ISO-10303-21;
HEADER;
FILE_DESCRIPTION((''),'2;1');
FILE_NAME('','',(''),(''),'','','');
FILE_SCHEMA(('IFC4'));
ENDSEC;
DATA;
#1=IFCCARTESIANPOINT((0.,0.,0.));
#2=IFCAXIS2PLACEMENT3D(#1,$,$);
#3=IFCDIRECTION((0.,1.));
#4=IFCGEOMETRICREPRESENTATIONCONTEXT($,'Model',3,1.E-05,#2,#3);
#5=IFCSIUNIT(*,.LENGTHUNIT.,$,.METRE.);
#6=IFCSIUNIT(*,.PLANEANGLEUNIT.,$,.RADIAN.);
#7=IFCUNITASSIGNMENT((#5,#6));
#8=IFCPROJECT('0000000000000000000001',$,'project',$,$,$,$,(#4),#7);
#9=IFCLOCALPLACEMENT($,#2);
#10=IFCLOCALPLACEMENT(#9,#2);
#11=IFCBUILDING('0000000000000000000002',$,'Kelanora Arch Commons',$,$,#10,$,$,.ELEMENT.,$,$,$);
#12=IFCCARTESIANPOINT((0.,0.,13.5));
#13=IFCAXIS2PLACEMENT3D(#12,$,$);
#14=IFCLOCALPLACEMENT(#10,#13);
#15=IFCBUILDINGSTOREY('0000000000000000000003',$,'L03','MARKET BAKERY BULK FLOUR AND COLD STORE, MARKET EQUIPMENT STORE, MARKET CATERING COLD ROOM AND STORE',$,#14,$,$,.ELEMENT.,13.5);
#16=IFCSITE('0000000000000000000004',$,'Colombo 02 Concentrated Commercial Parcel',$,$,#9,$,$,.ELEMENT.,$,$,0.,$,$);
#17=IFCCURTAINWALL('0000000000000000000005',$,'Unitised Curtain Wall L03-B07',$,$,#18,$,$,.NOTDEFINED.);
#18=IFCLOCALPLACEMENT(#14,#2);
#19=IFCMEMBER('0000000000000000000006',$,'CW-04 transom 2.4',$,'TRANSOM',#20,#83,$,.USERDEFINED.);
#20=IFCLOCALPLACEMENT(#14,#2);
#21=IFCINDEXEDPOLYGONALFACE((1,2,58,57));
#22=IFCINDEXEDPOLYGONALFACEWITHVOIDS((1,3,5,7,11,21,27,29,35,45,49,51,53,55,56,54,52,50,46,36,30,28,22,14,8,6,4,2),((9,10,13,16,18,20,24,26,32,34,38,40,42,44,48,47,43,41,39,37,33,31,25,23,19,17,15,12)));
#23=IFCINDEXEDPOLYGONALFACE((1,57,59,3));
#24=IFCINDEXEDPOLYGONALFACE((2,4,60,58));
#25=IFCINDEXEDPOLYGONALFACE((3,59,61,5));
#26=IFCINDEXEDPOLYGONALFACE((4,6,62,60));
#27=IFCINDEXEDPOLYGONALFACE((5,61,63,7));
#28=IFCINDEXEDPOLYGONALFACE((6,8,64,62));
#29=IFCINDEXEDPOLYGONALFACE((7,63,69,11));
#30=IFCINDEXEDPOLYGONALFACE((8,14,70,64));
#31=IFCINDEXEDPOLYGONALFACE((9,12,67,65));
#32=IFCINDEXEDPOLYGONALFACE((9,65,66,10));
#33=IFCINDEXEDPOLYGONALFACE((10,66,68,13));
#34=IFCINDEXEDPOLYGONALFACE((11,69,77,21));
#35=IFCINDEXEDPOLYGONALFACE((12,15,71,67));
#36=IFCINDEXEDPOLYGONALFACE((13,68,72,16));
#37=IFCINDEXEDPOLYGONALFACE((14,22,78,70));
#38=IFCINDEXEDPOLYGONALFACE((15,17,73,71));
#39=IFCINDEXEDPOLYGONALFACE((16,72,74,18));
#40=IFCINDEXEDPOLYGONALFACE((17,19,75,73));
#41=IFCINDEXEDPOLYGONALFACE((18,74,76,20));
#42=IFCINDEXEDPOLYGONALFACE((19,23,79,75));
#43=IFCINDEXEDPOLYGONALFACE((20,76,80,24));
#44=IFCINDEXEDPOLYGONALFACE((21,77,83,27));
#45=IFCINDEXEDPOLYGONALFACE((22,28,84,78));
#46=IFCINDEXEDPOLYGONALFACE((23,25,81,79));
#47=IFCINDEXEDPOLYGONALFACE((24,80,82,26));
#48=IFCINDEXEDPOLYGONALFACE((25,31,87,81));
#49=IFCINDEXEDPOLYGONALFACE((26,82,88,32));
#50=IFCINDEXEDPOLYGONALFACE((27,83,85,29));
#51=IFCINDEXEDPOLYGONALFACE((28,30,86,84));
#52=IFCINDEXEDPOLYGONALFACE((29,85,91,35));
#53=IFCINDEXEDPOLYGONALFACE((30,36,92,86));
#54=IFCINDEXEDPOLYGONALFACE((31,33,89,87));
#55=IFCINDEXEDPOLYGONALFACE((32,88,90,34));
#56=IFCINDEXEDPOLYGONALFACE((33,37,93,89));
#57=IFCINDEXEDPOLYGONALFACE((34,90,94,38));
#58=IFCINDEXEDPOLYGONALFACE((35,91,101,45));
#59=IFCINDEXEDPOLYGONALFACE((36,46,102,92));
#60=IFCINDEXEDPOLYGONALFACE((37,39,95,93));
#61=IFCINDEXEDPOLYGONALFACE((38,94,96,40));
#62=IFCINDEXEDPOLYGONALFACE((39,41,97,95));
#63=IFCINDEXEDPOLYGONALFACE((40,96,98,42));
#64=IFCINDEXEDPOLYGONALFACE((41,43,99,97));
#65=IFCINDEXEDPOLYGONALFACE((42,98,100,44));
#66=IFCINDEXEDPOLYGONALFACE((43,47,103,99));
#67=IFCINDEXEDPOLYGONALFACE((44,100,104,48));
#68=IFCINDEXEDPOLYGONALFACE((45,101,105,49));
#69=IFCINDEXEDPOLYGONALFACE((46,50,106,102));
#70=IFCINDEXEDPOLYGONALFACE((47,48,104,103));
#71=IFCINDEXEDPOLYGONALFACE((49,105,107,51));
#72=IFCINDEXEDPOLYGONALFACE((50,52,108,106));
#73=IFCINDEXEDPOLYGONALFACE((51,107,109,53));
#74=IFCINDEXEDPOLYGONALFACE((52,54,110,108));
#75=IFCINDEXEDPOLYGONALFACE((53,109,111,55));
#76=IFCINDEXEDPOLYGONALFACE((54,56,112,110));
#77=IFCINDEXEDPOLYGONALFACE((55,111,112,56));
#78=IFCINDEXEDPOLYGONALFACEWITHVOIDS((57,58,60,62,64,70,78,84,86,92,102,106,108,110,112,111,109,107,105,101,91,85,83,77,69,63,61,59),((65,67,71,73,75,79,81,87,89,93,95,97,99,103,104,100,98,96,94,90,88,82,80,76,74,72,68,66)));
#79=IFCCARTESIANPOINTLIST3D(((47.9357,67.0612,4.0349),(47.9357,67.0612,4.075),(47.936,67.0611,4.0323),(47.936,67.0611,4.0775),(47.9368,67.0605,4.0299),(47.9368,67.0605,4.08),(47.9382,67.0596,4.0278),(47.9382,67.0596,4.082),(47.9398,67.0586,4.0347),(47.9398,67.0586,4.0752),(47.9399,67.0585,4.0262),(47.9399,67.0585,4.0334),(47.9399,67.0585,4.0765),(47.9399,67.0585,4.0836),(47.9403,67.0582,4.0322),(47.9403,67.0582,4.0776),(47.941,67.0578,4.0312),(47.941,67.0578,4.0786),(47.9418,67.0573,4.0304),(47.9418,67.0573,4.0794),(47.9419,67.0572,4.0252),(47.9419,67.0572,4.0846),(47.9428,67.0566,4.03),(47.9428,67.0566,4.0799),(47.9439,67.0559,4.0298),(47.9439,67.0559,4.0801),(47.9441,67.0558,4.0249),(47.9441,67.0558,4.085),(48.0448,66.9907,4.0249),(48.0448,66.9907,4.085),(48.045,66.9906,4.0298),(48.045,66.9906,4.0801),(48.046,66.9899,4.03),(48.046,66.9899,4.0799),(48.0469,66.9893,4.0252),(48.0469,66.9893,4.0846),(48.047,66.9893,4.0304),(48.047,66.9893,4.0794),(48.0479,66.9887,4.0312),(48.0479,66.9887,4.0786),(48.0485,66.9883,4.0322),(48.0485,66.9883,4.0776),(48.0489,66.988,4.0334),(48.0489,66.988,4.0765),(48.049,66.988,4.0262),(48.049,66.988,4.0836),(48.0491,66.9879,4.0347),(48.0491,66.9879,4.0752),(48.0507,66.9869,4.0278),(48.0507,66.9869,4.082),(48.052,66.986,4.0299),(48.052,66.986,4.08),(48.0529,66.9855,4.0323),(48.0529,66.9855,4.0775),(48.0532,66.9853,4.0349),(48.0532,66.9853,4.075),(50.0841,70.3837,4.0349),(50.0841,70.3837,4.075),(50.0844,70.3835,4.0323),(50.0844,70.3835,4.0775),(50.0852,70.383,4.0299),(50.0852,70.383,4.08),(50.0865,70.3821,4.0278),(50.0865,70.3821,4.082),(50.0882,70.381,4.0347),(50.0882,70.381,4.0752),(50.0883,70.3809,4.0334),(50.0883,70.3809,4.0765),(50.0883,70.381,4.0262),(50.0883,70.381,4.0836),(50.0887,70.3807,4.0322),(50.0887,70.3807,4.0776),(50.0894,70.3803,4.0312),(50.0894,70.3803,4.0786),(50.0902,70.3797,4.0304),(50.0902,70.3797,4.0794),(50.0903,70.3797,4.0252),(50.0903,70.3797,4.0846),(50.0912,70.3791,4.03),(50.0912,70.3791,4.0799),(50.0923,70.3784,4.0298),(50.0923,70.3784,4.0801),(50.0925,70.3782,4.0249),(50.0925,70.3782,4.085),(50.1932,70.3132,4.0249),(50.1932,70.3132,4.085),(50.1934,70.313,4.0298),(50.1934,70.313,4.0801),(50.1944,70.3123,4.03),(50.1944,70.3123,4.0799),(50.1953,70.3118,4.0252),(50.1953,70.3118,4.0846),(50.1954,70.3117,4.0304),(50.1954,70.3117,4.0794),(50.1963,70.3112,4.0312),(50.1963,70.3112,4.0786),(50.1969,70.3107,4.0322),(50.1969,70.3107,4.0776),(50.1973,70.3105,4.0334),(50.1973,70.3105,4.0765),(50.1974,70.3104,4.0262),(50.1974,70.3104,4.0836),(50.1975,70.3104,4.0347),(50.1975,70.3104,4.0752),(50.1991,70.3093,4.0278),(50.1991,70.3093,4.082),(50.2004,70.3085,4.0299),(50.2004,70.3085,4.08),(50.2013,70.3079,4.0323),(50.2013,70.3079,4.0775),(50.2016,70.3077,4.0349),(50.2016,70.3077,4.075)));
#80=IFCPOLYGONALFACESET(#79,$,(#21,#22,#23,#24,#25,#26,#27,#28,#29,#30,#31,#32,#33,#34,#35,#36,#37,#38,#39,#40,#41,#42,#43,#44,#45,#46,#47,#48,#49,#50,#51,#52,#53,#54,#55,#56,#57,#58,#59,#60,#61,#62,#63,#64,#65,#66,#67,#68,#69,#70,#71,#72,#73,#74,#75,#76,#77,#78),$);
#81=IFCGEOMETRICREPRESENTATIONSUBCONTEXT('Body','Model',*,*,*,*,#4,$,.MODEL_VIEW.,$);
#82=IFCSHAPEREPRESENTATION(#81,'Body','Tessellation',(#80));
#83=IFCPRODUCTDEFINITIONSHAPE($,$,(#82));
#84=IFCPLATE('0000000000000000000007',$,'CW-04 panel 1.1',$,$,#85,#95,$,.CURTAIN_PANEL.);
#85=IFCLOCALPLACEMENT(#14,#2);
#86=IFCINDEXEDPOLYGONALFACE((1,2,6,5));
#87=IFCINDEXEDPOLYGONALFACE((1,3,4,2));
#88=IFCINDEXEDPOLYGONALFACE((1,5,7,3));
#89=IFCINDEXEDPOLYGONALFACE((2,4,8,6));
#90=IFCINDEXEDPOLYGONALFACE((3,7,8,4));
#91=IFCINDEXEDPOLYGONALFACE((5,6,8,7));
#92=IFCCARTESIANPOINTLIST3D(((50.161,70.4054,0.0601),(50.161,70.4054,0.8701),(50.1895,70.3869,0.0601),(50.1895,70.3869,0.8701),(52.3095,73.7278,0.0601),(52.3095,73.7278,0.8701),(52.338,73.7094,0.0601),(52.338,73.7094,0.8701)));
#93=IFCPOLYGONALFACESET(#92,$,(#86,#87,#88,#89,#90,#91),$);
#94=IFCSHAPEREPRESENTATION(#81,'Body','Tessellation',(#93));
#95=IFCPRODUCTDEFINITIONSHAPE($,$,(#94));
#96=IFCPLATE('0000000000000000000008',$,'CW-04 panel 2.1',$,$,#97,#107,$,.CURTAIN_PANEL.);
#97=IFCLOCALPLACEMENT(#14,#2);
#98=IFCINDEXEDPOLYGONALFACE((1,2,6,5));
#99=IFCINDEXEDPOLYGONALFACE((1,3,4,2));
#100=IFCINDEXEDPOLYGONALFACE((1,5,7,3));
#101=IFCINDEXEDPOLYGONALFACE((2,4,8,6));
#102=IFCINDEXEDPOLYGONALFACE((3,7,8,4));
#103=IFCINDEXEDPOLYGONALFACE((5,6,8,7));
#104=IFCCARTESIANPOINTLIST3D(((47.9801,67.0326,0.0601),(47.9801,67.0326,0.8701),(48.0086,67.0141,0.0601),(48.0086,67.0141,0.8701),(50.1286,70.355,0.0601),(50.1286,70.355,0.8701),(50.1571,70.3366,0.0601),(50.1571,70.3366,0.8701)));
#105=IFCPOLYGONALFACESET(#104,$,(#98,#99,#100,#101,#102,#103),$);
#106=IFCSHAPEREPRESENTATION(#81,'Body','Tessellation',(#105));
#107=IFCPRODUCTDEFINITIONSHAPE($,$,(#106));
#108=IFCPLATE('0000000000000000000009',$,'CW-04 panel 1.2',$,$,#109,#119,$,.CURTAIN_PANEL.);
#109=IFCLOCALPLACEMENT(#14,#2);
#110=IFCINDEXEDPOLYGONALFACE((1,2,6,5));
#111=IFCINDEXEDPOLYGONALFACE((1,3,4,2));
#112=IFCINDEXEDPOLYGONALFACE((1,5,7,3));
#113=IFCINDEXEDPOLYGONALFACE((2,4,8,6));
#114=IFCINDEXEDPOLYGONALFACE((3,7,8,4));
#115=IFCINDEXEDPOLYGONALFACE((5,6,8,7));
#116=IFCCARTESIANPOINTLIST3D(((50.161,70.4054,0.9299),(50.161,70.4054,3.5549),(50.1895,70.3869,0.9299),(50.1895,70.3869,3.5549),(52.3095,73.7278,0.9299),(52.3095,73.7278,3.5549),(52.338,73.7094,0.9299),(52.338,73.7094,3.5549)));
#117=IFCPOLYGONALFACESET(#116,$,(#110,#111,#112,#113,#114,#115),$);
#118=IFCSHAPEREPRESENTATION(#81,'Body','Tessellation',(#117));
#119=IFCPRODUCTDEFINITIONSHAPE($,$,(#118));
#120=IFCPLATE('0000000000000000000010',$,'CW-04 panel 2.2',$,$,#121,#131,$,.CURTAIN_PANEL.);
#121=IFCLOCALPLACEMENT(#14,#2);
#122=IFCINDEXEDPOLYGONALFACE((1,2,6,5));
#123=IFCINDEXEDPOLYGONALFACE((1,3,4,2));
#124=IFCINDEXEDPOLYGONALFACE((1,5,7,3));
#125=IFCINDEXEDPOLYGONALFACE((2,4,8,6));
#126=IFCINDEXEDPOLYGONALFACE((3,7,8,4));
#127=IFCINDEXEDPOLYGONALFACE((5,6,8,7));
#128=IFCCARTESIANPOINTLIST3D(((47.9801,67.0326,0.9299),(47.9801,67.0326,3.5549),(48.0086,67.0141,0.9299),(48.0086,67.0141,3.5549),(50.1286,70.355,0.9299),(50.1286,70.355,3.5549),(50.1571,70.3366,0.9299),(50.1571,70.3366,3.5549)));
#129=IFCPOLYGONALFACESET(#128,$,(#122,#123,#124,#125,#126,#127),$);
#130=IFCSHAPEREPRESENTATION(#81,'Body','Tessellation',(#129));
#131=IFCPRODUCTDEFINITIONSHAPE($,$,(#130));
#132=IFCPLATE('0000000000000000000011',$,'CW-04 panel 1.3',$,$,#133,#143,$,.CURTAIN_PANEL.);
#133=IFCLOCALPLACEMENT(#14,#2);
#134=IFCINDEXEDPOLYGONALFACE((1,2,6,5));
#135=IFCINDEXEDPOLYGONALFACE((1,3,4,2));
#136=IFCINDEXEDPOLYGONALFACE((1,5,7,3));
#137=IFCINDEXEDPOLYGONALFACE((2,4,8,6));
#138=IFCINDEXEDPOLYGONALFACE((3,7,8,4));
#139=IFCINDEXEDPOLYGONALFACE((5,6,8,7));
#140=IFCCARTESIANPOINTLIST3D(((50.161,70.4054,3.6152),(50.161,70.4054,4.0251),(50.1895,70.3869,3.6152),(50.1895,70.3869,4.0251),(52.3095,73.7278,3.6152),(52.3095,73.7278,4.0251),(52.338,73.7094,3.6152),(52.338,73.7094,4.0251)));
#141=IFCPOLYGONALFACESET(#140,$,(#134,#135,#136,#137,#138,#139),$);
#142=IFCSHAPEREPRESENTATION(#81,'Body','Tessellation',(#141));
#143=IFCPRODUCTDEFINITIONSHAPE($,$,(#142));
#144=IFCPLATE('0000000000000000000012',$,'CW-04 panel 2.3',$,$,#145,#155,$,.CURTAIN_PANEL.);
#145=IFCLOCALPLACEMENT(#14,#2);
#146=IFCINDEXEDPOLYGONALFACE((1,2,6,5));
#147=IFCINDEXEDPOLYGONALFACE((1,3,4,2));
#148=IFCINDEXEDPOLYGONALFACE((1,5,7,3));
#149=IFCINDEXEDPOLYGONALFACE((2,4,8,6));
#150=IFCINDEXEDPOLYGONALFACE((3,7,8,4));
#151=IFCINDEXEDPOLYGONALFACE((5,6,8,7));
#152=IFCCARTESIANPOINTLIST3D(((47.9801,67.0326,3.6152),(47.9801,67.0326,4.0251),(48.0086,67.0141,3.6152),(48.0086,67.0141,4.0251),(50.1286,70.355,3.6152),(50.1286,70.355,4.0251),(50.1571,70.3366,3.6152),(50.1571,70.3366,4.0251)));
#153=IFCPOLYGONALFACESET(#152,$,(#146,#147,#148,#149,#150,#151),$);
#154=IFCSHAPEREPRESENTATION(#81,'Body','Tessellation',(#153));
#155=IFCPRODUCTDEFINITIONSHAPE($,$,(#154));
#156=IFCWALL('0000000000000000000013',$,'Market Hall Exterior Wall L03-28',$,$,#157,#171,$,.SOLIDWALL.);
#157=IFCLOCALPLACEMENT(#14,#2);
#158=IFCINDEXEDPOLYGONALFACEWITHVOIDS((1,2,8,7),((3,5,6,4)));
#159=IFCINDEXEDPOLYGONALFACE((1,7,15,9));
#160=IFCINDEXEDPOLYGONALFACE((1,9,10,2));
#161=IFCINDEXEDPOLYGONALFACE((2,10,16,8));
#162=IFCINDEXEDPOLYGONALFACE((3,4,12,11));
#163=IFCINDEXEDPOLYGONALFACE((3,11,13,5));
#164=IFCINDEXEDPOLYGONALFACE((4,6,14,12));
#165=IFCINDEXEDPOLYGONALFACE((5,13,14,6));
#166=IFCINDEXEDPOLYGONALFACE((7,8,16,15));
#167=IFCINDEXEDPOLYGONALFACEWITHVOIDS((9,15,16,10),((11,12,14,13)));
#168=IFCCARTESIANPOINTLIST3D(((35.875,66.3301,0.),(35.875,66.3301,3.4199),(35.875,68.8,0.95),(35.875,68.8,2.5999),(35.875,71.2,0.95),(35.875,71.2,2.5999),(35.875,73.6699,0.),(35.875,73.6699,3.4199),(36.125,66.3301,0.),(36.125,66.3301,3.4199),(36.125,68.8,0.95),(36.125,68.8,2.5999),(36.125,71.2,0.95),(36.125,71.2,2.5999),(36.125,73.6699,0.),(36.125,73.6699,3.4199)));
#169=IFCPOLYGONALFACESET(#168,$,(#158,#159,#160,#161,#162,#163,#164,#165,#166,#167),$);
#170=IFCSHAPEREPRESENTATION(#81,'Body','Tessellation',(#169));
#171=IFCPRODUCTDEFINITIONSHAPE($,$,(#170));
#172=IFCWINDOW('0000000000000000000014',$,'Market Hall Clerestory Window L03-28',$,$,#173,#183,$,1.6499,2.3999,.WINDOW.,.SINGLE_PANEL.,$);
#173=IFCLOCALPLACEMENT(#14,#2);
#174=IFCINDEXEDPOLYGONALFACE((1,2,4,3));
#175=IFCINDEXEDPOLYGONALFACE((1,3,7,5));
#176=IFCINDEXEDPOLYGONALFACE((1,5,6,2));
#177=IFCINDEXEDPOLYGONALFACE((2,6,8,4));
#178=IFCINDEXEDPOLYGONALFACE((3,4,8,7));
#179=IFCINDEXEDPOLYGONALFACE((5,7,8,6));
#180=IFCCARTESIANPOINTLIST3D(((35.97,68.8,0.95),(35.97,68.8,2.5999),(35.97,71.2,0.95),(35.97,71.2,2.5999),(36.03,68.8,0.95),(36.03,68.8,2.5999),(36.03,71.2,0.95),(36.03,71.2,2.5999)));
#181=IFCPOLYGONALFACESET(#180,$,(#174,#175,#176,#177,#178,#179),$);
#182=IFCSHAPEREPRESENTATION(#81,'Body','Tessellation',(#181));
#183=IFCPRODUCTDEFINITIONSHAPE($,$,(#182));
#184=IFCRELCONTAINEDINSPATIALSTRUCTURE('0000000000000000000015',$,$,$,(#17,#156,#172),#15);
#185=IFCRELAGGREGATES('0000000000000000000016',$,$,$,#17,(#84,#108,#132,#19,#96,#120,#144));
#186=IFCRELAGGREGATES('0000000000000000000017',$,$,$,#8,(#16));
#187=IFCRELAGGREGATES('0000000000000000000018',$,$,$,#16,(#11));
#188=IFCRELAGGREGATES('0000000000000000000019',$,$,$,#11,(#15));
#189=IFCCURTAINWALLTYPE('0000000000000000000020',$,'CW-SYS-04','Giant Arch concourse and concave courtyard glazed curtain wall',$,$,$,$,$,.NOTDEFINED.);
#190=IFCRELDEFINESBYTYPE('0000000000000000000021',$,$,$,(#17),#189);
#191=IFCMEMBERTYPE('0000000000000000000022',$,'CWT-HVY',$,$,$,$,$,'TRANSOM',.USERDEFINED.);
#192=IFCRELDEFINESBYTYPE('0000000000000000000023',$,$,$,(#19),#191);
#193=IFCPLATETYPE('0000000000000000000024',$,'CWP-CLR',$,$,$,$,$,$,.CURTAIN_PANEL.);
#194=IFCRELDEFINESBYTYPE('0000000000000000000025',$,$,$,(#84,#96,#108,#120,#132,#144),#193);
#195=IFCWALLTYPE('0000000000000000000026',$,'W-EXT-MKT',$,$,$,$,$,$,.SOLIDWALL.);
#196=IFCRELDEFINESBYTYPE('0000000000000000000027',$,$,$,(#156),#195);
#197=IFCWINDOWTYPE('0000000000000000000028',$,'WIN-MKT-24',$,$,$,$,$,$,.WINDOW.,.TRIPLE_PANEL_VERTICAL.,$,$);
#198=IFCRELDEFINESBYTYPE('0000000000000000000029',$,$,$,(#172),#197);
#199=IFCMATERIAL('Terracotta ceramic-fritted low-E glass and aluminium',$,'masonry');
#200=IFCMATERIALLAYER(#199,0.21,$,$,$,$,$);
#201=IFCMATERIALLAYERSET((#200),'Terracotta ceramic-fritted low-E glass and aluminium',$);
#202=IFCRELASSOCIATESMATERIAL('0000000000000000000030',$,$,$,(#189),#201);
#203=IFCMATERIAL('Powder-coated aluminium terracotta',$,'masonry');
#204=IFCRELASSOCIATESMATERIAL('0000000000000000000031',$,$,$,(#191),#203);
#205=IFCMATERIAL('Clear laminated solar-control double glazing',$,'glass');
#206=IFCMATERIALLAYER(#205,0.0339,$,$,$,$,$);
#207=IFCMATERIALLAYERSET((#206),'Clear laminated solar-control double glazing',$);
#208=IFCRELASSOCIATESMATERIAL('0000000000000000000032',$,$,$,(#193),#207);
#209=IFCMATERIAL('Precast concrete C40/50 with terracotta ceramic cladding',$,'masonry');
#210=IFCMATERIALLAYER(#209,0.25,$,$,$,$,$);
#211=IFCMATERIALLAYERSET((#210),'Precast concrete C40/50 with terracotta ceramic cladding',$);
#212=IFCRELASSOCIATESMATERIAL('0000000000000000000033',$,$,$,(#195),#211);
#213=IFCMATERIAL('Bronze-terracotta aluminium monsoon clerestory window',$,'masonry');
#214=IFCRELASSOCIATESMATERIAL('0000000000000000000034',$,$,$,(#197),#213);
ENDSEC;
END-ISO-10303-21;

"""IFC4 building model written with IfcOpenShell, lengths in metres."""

from ifc_helpers import new_model, si_unit, direction, frame, frame_2d, origin, origin_2d, place, context, subcontext, project, spatial, rectangle, hollow_rectangle, extrude, source, transform, mapped, material, layer, layer_set, material_profile, profile_set, type_object, element, fill, aggregate, save


model = new_model("IFC4")

# Units and contexts
model_context = context("Model", 3, precision=1e-05, world=origin(), true_north=direction((0.0, 1.0)))
body_context = subcontext(model_context, "Body", "Model", "MODEL_VIEW")
ifc_project = project(units=[si_unit("LENGTHUNIT", "METRE"), si_unit("PLANEANGLEUNIT", "RADIAN")], contexts=[model_context])

# Site, building, storey
site_placement = place(None, origin())
site = spatial("IfcSite", under=ifc_project, at=site_placement, Name="Colombo 02 Concentrated Commercial Parcel", CompositionType="ELEMENT", RefElevation=0.0)
building_placement = place(site_placement, origin())
building = spatial("IfcBuilding", under=site, at=building_placement, Name="Kelanora Arch Commons", CompositionType="ELEMENT")
storey_placement = place(building_placement, frame((0.0, 0.0, 13.5)))
storey = spatial("IfcBuildingStorey", under=building, at=storey_placement, Name="L03", Description="MARKET BAKERY BULK FLOUR AND COLD STORE, MARKET EQUIPMENT STORE, MARKET CATERING COLD ROOM AND STORE", CompositionType="ELEMENT", Elevation=13.5)

# Curtain wall, member, plates
ifc_material_1 = material(Name="Terracotta ceramic-fritted low-E glass and aluminium", Category="masonry")
ifc_layer_1 = layer(ifc_material_1, 0.21)
ifc_layer_set_1 = layer_set([ifc_layer_1], Name="Terracotta ceramic-fritted low-E glass and aluminium")
curtain_wall_type = type_object("IfcCurtainWallType", Name="CW-SYS-04", Description="Giant Arch concourse and concave courtyard glazed curtain wall", PredefinedType="NOTDEFINED", material=ifc_layer_set_1)
curtain_wall_placement = place(storey_placement, origin())
curtain_wall = element("IfcCurtainWall", 1, at=curtain_wall_placement, inside=storey, type_object=curtain_wall_type, Name="Unitised Curtain Wall L03-B07", PredefinedType="NOTDEFINED")
ifc_material_2 = material(Name="Powder-coated aluminium terracotta", Category="masonry")
ifc_material_profile_1 = material_profile(ifc_material_2, hollow_rectangle(XDim=0.1399, YDim=0.0601, WallThickness=0.0049, InnerFilletRadius=0.0049, OuterFilletRadius=0.01, at=origin_2d()), Name="CWT140x60")
ifc_profile_set_1 = profile_set([ifc_material_profile_1], Name="Powder-coated aluminium terracotta")
member_type_1 = type_object("IfcMemberType", Name="CWT-HVY", ElementType="TRANSOM", PredefinedType="USERDEFINED", material=ifc_profile_set_1)
member_1_placement = place(storey_placement, frame((50.1428, 70.3457, 4.0549), z_axis=(-0.542998, -0.839734, 0.0), x_axis=(0.839734, -0.542998, 0.0)))
member_1 = element("IfcMember", 2, at=member_1_placement, type_object=member_type_1, Name="CW-04 transom 2.4", ObjectType="TRANSOM", PredefinedType="USERDEFINED", context=body_context, shape_type="SweptSolid", body=[
    extrude(hollow_rectangle(XDim=0.1399, YDim=0.0601, WallThickness=0.0049, InnerFilletRadius=0.0049, OuterFilletRadius=0.01, at=origin_2d()), origin(), (0.0, 0.0, 1.0), 3.9565),
])
ifc_material_3 = material(Name="Clear laminated solar-control double glazing", Category="glass")
ifc_layer_2 = layer(ifc_material_3, 0.0339)
ifc_layer_set_2 = layer_set([ifc_layer_2], Name="Clear laminated solar-control double glazing")
plate_type = type_object("IfcPlateType", Name="CWP-CLR", PredefinedType="CURTAIN_PANEL", material=ifc_layer_set_2)
shared_shape_1 = source(origin(), body_context, "Body", "SweptSolid", [
    extrude(rectangle(XDim=3.9565, YDim=0.0339, at=origin_2d()), origin(), (0.0, 0.0, 1.0), 0.8101),
])
plate_1_placement = place(storey_placement, frame((51.2495, 72.0574, 0.0601), z_axis=(0.0, 0.0, 1.0), x_axis=(-0.543006, -0.839729, 0.0)))
plate_1 = element("IfcPlate", 3, at=plate_1_placement, type_object=plate_type, Name="CW-04 panel 1.1", PredefinedType="CURTAIN_PANEL", context=body_context, shape_type="MappedRepresentation", body=[
    mapped(shared_shape_1, transform((0.0, 0.0, 0.0), scale=1.0)),
])
plate_2_placement = place(storey_placement, frame((49.0686, 68.6846, 0.0601), z_axis=(0.0, 0.0, 1.0), x_axis=(-0.543006, -0.839729, 0.0)))
plate_2 = element("IfcPlate", 4, at=plate_2_placement, type_object=plate_type, Name="CW-04 panel 2.1", PredefinedType="CURTAIN_PANEL", context=body_context, shape_type="MappedRepresentation", body=[
    mapped(shared_shape_1, transform((0.0, 0.0, 0.0), scale=1.0)),
])
shared_shape_2 = source(origin(), body_context, "Body", "SweptSolid", [
    extrude(rectangle(XDim=3.9565, YDim=0.0339, at=origin_2d()), origin(), (0.0, 0.0, 1.0), 2.625),
])
plate_3_placement = place(storey_placement, frame((51.2495, 72.0574, 0.9299), z_axis=(0.0, 0.0, 1.0), x_axis=(-0.543006, -0.839729, 0.0)))
plate_3 = element("IfcPlate", 5, at=plate_3_placement, type_object=plate_type, Name="CW-04 panel 1.2", PredefinedType="CURTAIN_PANEL", context=body_context, shape_type="MappedRepresentation", body=[
    mapped(shared_shape_2, transform((0.0, 0.0, 0.0), scale=1.0)),
])
plate_4_placement = place(storey_placement, frame((49.0686, 68.6846, 0.9299), z_axis=(0.0, 0.0, 1.0), x_axis=(-0.543006, -0.839729, 0.0)))
plate_4 = element("IfcPlate", 6, at=plate_4_placement, type_object=plate_type, Name="CW-04 panel 2.2", PredefinedType="CURTAIN_PANEL", context=body_context, shape_type="MappedRepresentation", body=[
    mapped(shared_shape_2, transform((0.0, 0.0, 0.0), scale=1.0)),
])
shared_shape_3 = source(origin(), body_context, "Body", "SweptSolid", [
    extrude(rectangle(XDim=3.9565, YDim=0.0339, at=origin_2d()), origin(), (0.0, 0.0, 1.0), 0.4099),
])
plate_5_placement = place(storey_placement, frame((51.2495, 72.0574, 3.6152), z_axis=(0.0, 0.0, 1.0), x_axis=(-0.543006, -0.839729, 0.0)))
plate_5 = element("IfcPlate", 7, at=plate_5_placement, type_object=plate_type, Name="CW-04 panel 1.3", PredefinedType="CURTAIN_PANEL", context=body_context, shape_type="MappedRepresentation", body=[
    mapped(shared_shape_3, transform((0.0, 0.0, 0.0), scale=1.0)),
])
plate_6_placement = place(storey_placement, frame((49.0686, 68.6846, 3.6152), z_axis=(0.0, 0.0, 1.0), x_axis=(-0.543006, -0.839729, 0.0)))
plate_6 = element("IfcPlate", 8, at=plate_6_placement, type_object=plate_type, Name="CW-04 panel 2.3", PredefinedType="CURTAIN_PANEL", context=body_context, shape_type="MappedRepresentation", body=[
    mapped(shared_shape_3, transform((0.0, 0.0, 0.0), scale=1.0)),
])
aggregate(curtain_wall, [plate_1, plate_3, plate_5, member_1, plate_2, plate_4, plate_6])

# Wall, opening, window
ifc_material_4 = material(Name="Precast concrete C40/50 with terracotta ceramic cladding", Category="masonry")
ifc_layer_3 = layer(ifc_material_4, 0.25)
ifc_layer_set_3 = layer_set([ifc_layer_3], Name="Precast concrete C40/50 with terracotta ceramic cladding")
wall_type_1 = type_object("IfcWallType", Name="W-EXT-MKT", PredefinedType="SOLIDWALL", material=ifc_layer_set_3)
wall_1_placement = place(storey_placement, frame((36.0, 66.3301, 0.0), z_axis=(0.0, 0.0, 1.0), x_axis=(0.0, 1.0, 0.0)))
wall_1 = element("IfcWall", 9, at=wall_1_placement, inside=storey, type_object=wall_type_1, Name="Market Hall Exterior Wall L03-28", PredefinedType="SOLIDWALL", context=body_context, shape_type="SweptSolid", body=[
    extrude(rectangle(XDim=7.3398, YDim=0.25, at=frame_2d((3.6699, 0.0))), origin(), (0.0, 0.0, 1.0), 3.4199),
])
opening_1_placement = place(wall_1_placement, frame((2.47, 0.0, 0.95)))
opening_1 = element("IfcOpeningElement", 10, at=opening_1_placement, cuts=wall_1, PredefinedType="OPENING", context=body_context, shape_type="SweptSolid", body=[
    extrude(rectangle(XDim=2.3999, YDim=1.6499, at=frame_2d((1.2, 0.825))), frame((0.0, 0.135, 0.0), z_axis=(0.0, -1.0, 0.0), x_axis=(1.0, 0.0, 0.0)), (0.0, 0.0, 1.0), 0.27),
])
ifc_material_5 = material(Name="Bronze-terracotta aluminium monsoon clerestory window", Category="masonry")
window_type_1 = type_object("IfcWindowType", Name="WIN-MKT-24", PartitioningType="TRIPLE_PANEL_VERTICAL", PredefinedType="WINDOW", material=ifc_material_5)
window_1_placement = place(opening_1_placement, origin())
window_1 = element("IfcWindow", 11, at=window_1_placement, inside=storey, type_object=window_type_1, Name="Market Hall Clerestory Window L03-28", OverallHeight=1.6499, OverallWidth=2.3999, PartitioningType="SINGLE_PANEL", PredefinedType="WINDOW", context=body_context, shape_type="SweptSolid", body=[
    extrude(rectangle(XDim=2.3999, YDim=1.6499, at=frame_2d((1.2, 0.825))), frame((0.0, 0.03, 0.0), z_axis=(0.0, -1.0, 0.0), x_axis=(1.0, 0.0, 0.0)), (0.0, 0.0, 1.0), 0.0601),
])
fill(opening_1, window_1)

save(model, "model.ifc")
